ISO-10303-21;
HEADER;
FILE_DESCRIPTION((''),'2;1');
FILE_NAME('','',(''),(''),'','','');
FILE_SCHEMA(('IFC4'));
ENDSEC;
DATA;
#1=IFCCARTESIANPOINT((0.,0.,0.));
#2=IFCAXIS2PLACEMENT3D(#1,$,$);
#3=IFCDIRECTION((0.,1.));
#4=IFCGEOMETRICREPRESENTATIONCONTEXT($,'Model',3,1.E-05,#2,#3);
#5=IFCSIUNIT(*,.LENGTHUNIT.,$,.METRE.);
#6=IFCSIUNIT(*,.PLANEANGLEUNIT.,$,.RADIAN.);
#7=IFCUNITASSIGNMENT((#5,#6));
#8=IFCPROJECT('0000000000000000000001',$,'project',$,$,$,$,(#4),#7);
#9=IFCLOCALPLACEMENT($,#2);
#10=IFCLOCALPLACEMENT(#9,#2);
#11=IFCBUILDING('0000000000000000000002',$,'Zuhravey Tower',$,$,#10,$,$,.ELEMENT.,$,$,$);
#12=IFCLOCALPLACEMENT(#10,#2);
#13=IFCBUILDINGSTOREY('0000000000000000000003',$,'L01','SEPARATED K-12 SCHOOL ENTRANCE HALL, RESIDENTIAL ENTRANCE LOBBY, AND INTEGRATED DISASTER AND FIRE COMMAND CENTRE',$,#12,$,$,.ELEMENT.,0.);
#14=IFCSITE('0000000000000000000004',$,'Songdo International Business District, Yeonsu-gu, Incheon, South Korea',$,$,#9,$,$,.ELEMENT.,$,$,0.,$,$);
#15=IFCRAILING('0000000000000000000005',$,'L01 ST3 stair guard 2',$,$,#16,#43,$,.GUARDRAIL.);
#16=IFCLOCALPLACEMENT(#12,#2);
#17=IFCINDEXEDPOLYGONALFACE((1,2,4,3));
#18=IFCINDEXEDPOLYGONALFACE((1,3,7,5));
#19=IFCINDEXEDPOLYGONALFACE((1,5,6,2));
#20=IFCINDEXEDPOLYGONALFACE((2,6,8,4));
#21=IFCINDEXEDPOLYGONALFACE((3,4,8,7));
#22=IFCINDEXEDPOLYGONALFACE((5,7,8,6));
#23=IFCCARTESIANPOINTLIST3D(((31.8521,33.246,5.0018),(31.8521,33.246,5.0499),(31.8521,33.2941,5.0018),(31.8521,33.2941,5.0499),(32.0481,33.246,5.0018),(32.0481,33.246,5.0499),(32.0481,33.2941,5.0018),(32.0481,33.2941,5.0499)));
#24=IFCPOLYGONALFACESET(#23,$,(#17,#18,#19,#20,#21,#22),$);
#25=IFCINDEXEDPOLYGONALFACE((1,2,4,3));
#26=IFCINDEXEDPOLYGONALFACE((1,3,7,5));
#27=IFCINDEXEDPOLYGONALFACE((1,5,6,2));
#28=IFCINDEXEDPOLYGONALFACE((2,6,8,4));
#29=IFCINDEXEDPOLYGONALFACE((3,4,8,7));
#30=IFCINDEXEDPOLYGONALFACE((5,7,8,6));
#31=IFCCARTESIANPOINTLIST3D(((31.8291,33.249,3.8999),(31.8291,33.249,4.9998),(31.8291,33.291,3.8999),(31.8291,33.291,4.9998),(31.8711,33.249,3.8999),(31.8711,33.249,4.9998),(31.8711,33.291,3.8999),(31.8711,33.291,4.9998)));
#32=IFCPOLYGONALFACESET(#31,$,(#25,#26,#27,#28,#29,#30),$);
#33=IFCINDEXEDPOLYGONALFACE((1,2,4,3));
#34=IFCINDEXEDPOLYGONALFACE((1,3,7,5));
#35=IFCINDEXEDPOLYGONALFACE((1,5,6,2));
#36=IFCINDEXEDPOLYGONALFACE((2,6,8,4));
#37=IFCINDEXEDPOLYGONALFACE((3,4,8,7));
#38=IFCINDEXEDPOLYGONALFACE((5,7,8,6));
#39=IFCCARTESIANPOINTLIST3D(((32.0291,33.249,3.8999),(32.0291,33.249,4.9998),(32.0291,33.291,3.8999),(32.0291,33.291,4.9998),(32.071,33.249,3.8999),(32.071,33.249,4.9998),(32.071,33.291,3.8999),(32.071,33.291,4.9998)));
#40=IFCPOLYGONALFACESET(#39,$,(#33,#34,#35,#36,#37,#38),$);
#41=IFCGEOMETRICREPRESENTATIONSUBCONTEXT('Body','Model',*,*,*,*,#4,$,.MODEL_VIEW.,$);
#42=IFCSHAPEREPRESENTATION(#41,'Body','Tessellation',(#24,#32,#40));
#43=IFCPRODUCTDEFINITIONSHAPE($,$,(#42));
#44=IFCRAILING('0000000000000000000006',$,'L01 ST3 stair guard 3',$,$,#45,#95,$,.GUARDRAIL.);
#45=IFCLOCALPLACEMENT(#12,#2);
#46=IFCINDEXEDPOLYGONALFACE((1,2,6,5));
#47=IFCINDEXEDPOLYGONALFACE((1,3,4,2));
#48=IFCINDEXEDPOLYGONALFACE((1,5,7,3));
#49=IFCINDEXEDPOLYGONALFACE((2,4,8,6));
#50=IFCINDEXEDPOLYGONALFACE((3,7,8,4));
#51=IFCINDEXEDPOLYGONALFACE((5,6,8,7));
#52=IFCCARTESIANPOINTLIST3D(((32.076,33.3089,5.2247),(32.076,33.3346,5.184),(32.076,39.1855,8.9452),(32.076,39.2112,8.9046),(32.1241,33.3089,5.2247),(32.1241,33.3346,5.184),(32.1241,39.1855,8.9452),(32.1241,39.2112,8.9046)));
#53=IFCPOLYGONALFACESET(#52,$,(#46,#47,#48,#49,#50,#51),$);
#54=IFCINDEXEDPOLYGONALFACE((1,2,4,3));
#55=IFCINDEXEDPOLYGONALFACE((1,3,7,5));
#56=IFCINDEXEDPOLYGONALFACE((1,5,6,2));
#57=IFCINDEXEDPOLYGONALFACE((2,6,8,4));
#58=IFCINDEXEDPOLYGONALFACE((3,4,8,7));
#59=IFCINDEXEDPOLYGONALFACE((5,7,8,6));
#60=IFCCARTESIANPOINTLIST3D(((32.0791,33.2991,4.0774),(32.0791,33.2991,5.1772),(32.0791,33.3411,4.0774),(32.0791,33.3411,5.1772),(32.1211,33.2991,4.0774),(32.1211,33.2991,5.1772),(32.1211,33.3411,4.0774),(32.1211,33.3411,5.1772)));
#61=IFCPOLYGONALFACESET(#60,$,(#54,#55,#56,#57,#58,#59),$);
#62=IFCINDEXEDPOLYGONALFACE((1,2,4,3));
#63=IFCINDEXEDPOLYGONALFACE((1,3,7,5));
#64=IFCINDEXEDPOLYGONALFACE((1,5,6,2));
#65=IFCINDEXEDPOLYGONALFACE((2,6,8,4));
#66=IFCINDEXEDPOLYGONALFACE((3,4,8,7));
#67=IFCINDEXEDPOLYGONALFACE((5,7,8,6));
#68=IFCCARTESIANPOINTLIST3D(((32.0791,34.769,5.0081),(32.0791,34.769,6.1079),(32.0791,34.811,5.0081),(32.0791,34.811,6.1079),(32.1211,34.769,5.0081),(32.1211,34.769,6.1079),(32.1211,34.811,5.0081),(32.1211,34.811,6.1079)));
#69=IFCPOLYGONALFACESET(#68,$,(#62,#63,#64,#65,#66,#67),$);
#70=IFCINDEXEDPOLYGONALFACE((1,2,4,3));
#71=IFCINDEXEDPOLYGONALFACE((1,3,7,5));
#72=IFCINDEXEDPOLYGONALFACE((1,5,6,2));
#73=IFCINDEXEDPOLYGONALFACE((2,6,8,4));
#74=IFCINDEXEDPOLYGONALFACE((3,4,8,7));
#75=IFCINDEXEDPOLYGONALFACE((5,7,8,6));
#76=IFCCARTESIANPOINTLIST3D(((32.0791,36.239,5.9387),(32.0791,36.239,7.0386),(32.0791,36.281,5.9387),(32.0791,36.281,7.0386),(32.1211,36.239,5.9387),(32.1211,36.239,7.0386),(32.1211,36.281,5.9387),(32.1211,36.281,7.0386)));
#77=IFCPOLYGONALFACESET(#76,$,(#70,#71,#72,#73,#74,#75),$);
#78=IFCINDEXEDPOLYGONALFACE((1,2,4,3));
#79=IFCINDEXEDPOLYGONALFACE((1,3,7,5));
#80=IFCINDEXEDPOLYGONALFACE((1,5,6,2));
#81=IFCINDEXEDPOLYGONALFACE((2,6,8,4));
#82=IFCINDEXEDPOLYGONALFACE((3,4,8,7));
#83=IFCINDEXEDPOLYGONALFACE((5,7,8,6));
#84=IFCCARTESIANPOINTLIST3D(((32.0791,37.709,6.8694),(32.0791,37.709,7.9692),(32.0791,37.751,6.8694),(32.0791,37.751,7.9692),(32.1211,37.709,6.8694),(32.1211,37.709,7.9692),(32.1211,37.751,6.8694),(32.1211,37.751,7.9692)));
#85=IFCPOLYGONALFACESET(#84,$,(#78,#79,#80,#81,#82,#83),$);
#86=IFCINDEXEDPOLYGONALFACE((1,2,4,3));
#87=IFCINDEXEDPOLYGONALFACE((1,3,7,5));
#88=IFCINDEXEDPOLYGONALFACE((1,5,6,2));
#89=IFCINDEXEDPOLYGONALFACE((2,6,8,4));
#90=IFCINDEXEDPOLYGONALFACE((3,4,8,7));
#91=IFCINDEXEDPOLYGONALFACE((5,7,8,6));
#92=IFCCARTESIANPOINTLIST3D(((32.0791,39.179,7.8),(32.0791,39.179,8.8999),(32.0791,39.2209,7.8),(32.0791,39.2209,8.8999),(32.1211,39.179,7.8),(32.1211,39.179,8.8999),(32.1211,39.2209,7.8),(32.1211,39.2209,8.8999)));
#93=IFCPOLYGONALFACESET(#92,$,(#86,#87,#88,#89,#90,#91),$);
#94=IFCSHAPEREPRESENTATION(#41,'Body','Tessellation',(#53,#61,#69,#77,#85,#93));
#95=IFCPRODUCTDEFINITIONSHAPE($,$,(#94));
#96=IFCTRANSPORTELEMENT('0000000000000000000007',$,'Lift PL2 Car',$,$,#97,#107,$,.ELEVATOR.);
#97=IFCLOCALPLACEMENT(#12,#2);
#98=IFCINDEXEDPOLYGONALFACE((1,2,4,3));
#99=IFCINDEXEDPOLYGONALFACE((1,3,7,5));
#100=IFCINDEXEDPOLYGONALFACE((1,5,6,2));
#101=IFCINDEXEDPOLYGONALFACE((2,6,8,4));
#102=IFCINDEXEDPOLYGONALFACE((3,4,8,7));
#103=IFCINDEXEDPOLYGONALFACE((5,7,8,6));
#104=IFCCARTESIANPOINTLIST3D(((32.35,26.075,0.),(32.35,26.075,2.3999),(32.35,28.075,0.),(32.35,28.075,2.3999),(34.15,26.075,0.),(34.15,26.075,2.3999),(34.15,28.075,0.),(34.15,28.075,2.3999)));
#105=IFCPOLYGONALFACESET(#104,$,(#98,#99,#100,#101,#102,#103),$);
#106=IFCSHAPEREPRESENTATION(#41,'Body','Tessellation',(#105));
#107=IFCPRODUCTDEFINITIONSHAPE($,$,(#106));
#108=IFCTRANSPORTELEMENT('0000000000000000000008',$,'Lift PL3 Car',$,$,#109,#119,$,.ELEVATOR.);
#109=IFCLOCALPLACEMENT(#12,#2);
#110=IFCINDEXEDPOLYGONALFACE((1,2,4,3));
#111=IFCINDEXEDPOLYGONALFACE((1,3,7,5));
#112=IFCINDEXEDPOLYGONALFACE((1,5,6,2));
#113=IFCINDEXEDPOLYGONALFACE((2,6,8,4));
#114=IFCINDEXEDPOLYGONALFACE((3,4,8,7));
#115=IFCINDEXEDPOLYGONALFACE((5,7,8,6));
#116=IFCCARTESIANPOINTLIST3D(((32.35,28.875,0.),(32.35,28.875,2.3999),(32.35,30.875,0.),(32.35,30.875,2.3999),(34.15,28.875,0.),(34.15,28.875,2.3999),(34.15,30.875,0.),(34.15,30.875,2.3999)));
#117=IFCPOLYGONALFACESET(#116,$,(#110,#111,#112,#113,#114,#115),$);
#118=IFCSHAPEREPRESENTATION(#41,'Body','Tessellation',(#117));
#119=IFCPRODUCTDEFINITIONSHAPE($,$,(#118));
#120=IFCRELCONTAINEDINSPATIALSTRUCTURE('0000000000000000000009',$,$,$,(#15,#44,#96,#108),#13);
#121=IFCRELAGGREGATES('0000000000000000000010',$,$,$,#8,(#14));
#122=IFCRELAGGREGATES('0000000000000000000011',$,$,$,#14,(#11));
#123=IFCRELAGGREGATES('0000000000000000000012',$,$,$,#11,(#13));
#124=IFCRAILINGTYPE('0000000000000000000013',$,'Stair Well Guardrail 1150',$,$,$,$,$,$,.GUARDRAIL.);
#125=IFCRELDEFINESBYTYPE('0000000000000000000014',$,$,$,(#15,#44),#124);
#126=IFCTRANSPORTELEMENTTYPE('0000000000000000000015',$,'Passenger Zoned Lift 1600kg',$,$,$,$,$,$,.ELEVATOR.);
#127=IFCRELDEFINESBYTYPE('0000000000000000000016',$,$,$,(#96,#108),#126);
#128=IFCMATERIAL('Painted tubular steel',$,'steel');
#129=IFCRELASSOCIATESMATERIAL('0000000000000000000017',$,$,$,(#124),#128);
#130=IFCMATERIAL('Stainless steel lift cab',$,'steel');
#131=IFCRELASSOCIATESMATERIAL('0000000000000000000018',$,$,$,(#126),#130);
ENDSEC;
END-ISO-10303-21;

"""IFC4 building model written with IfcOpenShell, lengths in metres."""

from ifc_helpers import new_model, si_unit, direction, frame, origin, origin_2d, place, context, subcontext, project, spatial, rectangle, extrude, material, type_object, element, save


model = new_model("IFC4")

# Units and contexts
model_context = context("Model", 3, precision=1e-05, world=origin(), true_north=direction((0.0, 1.0)))
body_context = subcontext(model_context, "Body", "Model", "MODEL_VIEW")
ifc_project = project(units=[si_unit("LENGTHUNIT", "METRE"), si_unit("PLANEANGLEUNIT", "RADIAN")], contexts=[model_context])

# Site, building, storey
site_placement = place(None, origin())
site = spatial("IfcSite", under=ifc_project, at=site_placement, Name="Songdo International Business District, Yeonsu-gu, Incheon, South Korea", CompositionType="ELEMENT", RefElevation=0.0)
building_placement = place(site_placement, origin())
building = spatial("IfcBuilding", under=site, at=building_placement, Name="Zuhravey Tower", CompositionType="ELEMENT")
storey_placement = place(building_placement, origin())
storey = spatial("IfcBuildingStorey", under=building, at=storey_placement, Name="L01", Description="SEPARATED K-12 SCHOOL ENTRANCE HALL, RESIDENTIAL ENTRANCE LOBBY, AND INTEGRATED DISASTER AND FIRE COMMAND CENTRE", CompositionType="ELEMENT", Elevation=0.0)

# Railings
ifc_material_1 = material(Name="Painted tubular steel", Category="steel")
railing_type_1 = type_object("IfcRailingType", Name="Stair Well Guardrail 1150", PredefinedType="GUARDRAIL", material=ifc_material_1)
railing_1_placement = place(storey_placement, frame((31.8501, 33.27, 3.8999)))
element("IfcRailing", 1, at=railing_1_placement, inside=storey, type_object=railing_type_1, Name="L01 ST3 stair guard 2", PredefinedType="GUARDRAIL", context=body_context, shape_type="SweptSolid", body=[
    extrude(rectangle(XDim=0.0481, YDim=0.0481, at=origin_2d()), frame((0.002, 0.0, 1.126), z_axis=(1.0, 0.0, 0.0), x_axis=(0.0, 1.0, 0.0)), (0.0, 0.0, 1.0), 0.196),
    extrude(rectangle(XDim=0.042, YDim=0.042, at=origin_2d()), origin(), (0.0, 0.0, 1.0), 1.0999),
    extrude(rectangle(XDim=0.042, YDim=0.042, at=origin_2d()), frame((0.2, 0.0, 0.0)), (0.0, 0.0, 1.0), 1.0999),
])
railing_2_placement = place(storey_placement, frame((32.1001, 33.3201, 4.0774)))
element("IfcRailing", 2, at=railing_2_placement, inside=storey, type_object=railing_type_1, Name="L01 ST3 stair guard 3", PredefinedType="GUARDRAIL", context=body_context, shape_type="SweptSolid", body=[
    extrude(rectangle(XDim=0.0481, YDim=0.0481, at=origin_2d()), frame((0.0, 0.0017, 1.127), z_axis=(0.0, 0.844902, 0.534922), x_axis=(-1.0, 0.0, 0.0)), (0.0, 0.0, 1.0), 6.9553),
    extrude(rectangle(XDim=0.042, YDim=0.042, at=origin_2d()), origin(), (0.0, 0.0, 1.0), 1.0999),
    extrude(rectangle(XDim=0.042, YDim=0.042, at=origin_2d()), frame((0.0, 1.47, 0.9307)), (0.0, 0.0, 1.0), 1.0999),
    extrude(rectangle(XDim=0.042, YDim=0.042, at=origin_2d()), frame((0.0, 2.9399, 1.8613)), (0.0, 0.0, 1.0), 1.0999),
    extrude(rectangle(XDim=0.042, YDim=0.042, at=origin_2d()), frame((0.0, 4.4099, 2.792)), (0.0, 0.0, 1.0), 1.0999),
    extrude(rectangle(XDim=0.042, YDim=0.042, at=origin_2d()), frame((0.0, 5.8799, 3.7227)), (0.0, 0.0, 1.0), 1.0999),
])

# Transport elements
ifc_material_2 = material(Name="Stainless steel lift cab", Category="steel")
transport_element_type = type_object("IfcTransportElementType", Name="Passenger Zoned Lift 1600kg", PredefinedType="ELEVATOR", material=ifc_material_2)
for number, where, z_axis, x_axis, name in (
    (3, (33.25, 27.075, 0.0), (0.0, 0.0, 1.0), (1.0, 0.0, 0.0), "Lift PL2 Car"),
    (4, (33.25, 29.875, 0.0), (0.0, 0.0, 1.0), (1.0, 0.0, 0.0), "Lift PL3 Car"),
):
    element("IfcTransportElement", number, at=place(storey_placement, frame(where, z_axis=z_axis, x_axis=x_axis)), inside=storey, type_object=transport_element_type, Name=name, PredefinedType="ELEVATOR", context=body_context, shape_type="SweptSolid", body=[
        extrude(rectangle(XDim=1.8, YDim=2.0, at=origin_2d()), origin(), (0.0, 0.0, 1.0), 2.3999),
    ])

save(model, "model.ifc")
